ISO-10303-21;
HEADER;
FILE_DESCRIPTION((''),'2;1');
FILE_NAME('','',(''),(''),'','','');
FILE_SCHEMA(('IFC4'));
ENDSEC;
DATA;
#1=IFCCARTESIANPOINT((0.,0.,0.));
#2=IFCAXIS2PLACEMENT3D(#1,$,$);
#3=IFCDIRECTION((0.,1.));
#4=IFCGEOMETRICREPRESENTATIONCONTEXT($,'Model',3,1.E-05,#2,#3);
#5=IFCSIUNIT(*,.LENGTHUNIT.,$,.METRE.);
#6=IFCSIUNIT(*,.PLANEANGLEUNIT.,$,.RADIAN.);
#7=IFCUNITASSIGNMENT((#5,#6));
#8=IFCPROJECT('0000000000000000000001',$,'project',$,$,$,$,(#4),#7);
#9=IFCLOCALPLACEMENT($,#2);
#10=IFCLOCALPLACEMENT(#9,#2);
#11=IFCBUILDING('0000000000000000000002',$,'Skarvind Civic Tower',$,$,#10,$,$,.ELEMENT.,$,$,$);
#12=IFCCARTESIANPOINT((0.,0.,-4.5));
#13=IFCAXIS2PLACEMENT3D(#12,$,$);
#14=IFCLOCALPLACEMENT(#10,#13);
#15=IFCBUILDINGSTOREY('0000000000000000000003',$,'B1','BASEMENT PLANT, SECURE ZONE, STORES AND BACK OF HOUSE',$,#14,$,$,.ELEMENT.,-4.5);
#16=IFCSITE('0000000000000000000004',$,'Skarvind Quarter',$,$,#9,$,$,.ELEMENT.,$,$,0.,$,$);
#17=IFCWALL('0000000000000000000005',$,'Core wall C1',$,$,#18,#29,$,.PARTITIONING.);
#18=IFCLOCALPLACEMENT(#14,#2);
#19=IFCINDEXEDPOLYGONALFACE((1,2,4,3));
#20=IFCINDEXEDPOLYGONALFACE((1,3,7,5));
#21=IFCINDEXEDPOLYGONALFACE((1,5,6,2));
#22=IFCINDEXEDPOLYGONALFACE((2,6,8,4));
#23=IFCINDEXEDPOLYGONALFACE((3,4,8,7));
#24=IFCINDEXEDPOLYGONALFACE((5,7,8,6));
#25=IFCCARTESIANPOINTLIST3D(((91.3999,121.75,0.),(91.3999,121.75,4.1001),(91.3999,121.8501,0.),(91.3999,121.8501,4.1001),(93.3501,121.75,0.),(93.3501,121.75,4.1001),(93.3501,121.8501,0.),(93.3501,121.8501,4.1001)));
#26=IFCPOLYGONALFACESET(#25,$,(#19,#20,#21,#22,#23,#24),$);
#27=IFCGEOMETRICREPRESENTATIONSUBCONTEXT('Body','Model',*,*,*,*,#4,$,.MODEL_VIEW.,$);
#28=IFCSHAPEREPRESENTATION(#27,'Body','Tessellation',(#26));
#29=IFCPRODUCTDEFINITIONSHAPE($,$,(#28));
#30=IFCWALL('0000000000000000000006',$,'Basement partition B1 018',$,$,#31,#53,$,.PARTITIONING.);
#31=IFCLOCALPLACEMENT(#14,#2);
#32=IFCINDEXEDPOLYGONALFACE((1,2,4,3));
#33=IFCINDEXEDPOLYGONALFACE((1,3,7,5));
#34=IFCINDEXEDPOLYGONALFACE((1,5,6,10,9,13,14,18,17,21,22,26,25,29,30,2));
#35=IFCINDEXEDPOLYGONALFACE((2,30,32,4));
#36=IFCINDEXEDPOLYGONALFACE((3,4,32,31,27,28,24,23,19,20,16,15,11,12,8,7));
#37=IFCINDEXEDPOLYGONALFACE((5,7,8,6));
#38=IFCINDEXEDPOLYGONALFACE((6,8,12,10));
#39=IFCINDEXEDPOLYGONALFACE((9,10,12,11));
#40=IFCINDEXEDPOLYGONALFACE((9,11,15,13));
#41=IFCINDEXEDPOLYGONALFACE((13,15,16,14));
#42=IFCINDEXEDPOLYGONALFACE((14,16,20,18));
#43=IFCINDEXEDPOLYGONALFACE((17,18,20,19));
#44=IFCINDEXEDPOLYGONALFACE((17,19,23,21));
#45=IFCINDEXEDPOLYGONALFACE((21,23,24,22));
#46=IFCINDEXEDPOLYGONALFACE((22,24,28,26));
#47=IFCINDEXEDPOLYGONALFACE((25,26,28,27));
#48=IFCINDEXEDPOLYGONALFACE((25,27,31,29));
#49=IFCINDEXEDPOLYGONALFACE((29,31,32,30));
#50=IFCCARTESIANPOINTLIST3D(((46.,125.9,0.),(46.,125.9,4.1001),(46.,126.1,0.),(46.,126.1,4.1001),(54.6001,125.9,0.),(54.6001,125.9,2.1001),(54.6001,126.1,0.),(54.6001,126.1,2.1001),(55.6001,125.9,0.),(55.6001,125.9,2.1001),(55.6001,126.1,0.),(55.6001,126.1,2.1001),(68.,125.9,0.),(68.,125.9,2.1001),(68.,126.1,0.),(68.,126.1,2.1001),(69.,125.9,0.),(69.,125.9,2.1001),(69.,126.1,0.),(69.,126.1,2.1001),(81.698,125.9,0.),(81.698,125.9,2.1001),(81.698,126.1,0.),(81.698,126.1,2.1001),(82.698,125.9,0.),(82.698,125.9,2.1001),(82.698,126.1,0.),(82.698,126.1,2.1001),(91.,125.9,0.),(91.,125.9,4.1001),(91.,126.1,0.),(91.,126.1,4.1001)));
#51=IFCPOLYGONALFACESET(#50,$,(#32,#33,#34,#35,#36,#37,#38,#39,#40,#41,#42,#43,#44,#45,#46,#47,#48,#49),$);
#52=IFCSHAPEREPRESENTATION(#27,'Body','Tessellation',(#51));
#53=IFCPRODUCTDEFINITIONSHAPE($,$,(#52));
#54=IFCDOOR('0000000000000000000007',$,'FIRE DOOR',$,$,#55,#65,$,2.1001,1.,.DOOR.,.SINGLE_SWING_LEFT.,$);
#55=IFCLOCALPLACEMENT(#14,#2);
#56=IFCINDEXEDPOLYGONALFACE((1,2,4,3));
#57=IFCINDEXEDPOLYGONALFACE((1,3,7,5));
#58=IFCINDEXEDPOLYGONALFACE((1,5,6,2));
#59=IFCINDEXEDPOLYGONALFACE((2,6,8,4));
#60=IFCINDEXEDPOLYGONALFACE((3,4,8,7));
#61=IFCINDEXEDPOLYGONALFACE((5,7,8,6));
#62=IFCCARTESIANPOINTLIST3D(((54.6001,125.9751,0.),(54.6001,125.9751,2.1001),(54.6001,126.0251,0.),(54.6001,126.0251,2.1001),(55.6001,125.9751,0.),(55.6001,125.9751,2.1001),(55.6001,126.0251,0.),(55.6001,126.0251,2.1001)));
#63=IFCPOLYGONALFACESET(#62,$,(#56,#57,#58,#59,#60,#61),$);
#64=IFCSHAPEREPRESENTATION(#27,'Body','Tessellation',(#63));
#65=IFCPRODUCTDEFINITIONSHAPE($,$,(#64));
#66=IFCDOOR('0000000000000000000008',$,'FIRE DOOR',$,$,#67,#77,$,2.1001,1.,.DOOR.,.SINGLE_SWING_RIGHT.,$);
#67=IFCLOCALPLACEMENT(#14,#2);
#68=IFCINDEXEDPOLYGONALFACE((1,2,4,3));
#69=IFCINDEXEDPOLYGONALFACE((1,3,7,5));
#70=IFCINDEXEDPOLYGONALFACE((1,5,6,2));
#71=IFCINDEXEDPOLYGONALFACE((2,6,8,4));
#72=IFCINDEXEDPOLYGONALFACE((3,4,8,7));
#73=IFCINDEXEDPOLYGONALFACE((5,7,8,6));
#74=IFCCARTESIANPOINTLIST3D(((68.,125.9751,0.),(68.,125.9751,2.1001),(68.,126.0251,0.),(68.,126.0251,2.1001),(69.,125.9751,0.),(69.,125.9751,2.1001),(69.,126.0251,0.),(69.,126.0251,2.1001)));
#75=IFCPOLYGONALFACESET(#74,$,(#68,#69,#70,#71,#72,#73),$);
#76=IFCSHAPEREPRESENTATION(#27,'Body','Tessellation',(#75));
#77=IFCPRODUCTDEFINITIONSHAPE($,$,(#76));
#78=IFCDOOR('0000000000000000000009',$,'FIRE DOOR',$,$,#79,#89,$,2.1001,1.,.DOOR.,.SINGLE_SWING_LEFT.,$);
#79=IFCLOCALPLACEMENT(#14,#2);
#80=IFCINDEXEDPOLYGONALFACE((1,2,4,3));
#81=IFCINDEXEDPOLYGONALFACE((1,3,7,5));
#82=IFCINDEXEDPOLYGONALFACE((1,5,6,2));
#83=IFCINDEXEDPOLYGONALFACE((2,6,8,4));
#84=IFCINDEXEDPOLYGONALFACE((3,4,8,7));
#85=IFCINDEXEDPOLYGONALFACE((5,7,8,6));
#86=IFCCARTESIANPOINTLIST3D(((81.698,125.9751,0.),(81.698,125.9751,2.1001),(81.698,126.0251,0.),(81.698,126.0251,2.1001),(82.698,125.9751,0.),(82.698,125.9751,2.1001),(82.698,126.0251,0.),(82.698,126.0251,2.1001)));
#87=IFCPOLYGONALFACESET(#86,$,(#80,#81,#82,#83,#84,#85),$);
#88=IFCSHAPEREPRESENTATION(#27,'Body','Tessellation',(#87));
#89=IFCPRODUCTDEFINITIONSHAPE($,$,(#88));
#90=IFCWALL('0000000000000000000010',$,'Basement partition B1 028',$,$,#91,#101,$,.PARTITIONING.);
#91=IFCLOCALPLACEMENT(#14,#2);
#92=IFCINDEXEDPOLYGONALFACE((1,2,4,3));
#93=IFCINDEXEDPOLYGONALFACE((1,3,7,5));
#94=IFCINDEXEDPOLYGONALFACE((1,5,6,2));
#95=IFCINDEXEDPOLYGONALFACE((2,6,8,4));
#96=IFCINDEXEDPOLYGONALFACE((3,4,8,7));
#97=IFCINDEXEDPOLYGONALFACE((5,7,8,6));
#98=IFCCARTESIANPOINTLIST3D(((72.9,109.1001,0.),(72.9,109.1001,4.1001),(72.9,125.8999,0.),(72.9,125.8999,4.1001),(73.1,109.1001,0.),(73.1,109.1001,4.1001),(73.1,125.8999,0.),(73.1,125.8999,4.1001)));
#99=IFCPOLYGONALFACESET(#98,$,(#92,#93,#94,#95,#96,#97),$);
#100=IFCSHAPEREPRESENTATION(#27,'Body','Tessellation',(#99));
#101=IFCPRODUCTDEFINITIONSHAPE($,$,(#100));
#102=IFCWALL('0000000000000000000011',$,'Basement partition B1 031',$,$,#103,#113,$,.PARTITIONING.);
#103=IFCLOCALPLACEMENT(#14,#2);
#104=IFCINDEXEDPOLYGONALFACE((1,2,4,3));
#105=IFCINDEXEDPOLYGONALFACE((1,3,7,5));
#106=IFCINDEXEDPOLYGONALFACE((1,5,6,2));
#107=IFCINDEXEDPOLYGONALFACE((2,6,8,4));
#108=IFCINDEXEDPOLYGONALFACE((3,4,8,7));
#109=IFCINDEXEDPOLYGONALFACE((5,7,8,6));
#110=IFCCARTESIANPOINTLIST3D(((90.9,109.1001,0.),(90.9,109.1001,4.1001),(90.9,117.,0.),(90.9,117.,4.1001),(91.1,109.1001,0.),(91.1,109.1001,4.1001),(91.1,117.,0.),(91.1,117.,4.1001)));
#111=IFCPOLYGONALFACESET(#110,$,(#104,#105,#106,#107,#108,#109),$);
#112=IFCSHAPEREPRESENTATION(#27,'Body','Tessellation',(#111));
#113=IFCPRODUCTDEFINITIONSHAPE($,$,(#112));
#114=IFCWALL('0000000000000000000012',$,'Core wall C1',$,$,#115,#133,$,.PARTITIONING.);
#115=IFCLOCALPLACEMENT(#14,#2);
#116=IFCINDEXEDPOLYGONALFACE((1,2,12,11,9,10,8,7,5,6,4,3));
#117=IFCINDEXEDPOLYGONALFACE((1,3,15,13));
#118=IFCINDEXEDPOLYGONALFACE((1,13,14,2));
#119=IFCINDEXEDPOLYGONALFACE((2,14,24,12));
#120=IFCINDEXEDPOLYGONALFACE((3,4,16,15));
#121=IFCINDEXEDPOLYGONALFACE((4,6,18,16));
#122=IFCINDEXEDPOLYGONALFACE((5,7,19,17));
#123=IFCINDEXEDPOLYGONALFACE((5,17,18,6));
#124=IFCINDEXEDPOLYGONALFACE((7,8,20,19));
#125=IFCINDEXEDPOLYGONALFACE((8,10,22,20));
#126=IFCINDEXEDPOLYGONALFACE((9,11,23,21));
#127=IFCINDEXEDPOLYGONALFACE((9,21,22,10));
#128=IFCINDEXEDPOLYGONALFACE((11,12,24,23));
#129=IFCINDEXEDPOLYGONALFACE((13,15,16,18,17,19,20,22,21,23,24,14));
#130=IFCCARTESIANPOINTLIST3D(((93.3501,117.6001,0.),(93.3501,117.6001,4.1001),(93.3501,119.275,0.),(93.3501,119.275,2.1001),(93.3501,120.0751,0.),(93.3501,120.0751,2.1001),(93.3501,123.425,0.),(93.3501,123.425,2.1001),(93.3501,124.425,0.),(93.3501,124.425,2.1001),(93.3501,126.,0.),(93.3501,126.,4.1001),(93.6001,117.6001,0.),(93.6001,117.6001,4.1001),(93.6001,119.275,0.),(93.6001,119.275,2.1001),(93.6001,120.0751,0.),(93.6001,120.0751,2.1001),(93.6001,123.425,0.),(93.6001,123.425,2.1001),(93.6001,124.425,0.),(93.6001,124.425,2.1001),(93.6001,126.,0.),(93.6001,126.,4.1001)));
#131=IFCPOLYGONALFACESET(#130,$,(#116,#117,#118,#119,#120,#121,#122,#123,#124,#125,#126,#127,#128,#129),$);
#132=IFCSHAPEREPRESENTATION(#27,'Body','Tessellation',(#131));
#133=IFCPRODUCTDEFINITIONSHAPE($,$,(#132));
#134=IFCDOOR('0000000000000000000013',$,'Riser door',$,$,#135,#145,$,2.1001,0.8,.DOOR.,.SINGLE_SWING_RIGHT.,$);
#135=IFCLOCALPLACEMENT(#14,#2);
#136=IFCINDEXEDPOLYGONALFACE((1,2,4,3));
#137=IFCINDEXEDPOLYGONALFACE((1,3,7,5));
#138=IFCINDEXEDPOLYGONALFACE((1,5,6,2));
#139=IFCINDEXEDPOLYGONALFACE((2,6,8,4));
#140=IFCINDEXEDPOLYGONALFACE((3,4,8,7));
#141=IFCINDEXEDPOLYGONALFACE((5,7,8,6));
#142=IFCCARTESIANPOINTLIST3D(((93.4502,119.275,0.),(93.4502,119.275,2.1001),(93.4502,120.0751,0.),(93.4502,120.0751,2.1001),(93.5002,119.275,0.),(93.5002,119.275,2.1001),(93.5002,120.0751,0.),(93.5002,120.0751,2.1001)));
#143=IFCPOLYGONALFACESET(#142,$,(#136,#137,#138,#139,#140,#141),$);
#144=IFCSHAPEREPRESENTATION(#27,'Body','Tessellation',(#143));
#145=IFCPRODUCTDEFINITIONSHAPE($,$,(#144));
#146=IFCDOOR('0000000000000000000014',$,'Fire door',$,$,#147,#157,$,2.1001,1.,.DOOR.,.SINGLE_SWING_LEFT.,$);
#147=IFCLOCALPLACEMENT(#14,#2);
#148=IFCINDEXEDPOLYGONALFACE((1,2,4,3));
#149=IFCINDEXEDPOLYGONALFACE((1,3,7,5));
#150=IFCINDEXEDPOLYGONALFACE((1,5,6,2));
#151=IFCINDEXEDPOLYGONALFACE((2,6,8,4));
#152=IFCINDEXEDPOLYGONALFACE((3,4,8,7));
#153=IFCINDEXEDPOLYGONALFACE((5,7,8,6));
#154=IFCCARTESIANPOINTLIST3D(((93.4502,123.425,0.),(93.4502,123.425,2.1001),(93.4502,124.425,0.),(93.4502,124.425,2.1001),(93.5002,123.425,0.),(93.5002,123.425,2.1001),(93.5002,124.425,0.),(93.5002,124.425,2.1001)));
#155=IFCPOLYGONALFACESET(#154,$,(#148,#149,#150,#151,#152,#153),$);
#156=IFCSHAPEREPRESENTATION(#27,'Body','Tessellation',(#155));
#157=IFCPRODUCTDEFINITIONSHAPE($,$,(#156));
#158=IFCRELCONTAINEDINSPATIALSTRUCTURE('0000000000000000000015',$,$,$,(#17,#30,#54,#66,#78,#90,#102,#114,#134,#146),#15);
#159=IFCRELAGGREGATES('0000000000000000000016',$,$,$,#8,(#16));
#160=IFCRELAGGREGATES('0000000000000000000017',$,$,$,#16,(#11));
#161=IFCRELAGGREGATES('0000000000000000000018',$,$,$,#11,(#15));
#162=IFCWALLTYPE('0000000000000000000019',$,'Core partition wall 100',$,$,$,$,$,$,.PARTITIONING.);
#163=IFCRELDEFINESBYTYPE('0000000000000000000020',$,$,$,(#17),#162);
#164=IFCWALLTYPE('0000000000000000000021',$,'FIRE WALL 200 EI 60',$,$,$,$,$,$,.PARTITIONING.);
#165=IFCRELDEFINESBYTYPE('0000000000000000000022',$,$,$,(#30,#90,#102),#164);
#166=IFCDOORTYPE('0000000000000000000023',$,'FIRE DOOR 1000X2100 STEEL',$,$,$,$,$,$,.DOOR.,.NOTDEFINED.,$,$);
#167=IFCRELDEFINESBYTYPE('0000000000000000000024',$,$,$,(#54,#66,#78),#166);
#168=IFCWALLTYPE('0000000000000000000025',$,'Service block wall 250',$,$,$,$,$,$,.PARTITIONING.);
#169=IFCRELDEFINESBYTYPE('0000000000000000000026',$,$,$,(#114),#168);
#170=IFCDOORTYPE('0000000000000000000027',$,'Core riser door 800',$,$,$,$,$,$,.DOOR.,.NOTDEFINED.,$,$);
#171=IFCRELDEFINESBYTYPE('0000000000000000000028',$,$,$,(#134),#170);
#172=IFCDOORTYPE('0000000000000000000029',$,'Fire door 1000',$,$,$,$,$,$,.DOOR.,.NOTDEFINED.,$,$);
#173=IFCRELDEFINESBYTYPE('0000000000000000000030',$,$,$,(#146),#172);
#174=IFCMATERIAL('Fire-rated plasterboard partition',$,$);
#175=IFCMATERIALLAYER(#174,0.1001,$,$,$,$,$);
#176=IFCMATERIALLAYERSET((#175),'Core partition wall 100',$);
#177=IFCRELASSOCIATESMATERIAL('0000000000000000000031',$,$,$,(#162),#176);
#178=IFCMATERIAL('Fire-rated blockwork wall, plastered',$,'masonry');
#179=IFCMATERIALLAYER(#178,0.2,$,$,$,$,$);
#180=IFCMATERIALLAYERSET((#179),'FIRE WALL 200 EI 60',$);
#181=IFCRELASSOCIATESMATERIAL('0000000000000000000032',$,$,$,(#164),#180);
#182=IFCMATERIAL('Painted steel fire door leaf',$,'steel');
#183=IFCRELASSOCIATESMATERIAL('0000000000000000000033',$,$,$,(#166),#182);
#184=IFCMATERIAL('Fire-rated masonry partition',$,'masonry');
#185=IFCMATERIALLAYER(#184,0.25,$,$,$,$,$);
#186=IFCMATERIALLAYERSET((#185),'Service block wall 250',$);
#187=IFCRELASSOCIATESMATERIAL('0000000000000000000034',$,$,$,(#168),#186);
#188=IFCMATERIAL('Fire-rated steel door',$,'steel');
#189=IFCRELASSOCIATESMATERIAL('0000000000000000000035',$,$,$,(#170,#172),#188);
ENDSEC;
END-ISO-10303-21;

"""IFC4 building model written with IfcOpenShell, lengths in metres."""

from ifc_helpers import new_model, si_unit, direction, frame, frame_2d, origin, place, context, subcontext, project, spatial, rectangle, extrude, material, layer, layer_set, type_object, element, fill, save


model = new_model("IFC4")

# Units and contexts
model_context = context("Model", 3, precision=1e-05, world=origin(), true_north=direction((0.0, 1.0)))
body_context = subcontext(model_context, "Body", "Model", "MODEL_VIEW")
ifc_project = project(units=[si_unit("LENGTHUNIT", "METRE"), si_unit("PLANEANGLEUNIT", "RADIAN")], contexts=[model_context])

# Site, building, storey
site_placement = place(None, origin())
site = spatial("IfcSite", under=ifc_project, at=site_placement, Name="Skarvind Quarter", CompositionType="ELEMENT", RefElevation=0.0)
building_placement = place(site_placement, origin())
building = spatial("IfcBuilding", under=site, at=building_placement, Name="Skarvind Civic Tower", CompositionType="ELEMENT")
storey_placement = place(building_placement, frame((0.0, 0.0, -4.5)))
storey = spatial("IfcBuildingStorey", under=building, at=storey_placement, Name="B1", Description="BASEMENT PLANT, SECURE ZONE, STORES AND BACK OF HOUSE", CompositionType="ELEMENT", Elevation=-4.5)

# Shared definitions
ifc_material_1 = material(Name="Fire-rated masonry partition", Category="masonry")
ifc_material_2 = material(Name="Fire-rated steel door", Category="steel")

# Wall
ifc_material_3 = material(Name="Fire-rated plasterboard partition")
ifc_layer_1 = layer(ifc_material_3, 0.1001)
ifc_layer_set_1 = layer_set([ifc_layer_1], Name="Core partition wall 100")
wall_type_1 = type_object("IfcWallType", Name="Core partition wall 100", PredefinedType="PARTITIONING", material=ifc_layer_set_1)
wall_1_placement = place(storey_placement, frame((93.3501, 121.8, 0.0), z_axis=(0.0, 0.0, 1.0), x_axis=(-1.0, 0.0, 0.0)))
element("IfcWall", 1, at=wall_1_placement, inside=storey, type_object=wall_type_1, Name="Core wall C1", PredefinedType="PARTITIONING", context=body_context, shape_type="SweptSolid", body=[
    extrude(rectangle(XDim=1.9502, YDim=0.1001, at=frame_2d((0.9751, 0.0))), origin(), (0.0, 0.0, 1.0), 4.1001),
])

# Wall, openings, doors
ifc_material_4 = material(Name="Fire-rated blockwork wall, plastered", Category="masonry")
ifc_layer_2 = layer(ifc_material_4, 0.2)
ifc_layer_set_2 = layer_set([ifc_layer_2], Name="FIRE WALL 200 EI 60")
wall_type_2 = type_object("IfcWallType", Name="FIRE WALL 200 EI 60", PredefinedType="PARTITIONING", material=ifc_layer_set_2)
wall_2_placement = place(storey_placement, frame((91.0, 126.0, 0.0), z_axis=(0.0, 0.0, 1.0), x_axis=(-1.0, 0.0, 0.0)))
wall_2 = element("IfcWall", 2, at=wall_2_placement, inside=storey, type_object=wall_type_2, Name="Basement partition B1 018", PredefinedType="PARTITIONING", context=body_context, shape_type="SweptSolid", body=[
    extrude(rectangle(XDim=45.0, YDim=0.2, at=frame_2d((22.5, 0.0))), origin(), (0.0, 0.0, 1.0), 4.1001),
])
opening_1_placement = place(wall_2_placement, frame((35.3999, 0.0, 0.0)))
opening_1 = element("IfcOpeningElement", 3, at=opening_1_placement, cuts=wall_2, PredefinedType="OPENING", context=body_context, shape_type="SweptSolid", body=[
    extrude(rectangle(XDim=1.0, YDim=2.1001, at=frame_2d((0.5, 1.05))), frame((0.0, 0.1099, 0.0), z_axis=(0.0, -1.0, 0.0), x_axis=(1.0, 0.0, 0.0)), (0.0, 0.0, 1.0), 0.22),
])
opening_2_placement = place(wall_2_placement, frame((22.0, 0.0, 0.0)))
opening_2 = element("IfcOpeningElement", 4, at=opening_2_placement, cuts=wall_2, PredefinedType="OPENING", context=body_context, shape_type="SweptSolid", body=[
    extrude(rectangle(XDim=1.0, YDim=2.1001, at=frame_2d((0.5, 1.05))), frame((0.0, 0.1099, 0.0), z_axis=(0.0, -1.0, 0.0), x_axis=(1.0, 0.0, 0.0)), (0.0, 0.0, 1.0), 0.22),
])
opening_3_placement = place(wall_2_placement, frame((8.302, 0.0, 0.0)))
opening_3 = element("IfcOpeningElement", 5, at=opening_3_placement, cuts=wall_2, PredefinedType="OPENING", context=body_context, shape_type="SweptSolid", body=[
    extrude(rectangle(XDim=1.0, YDim=2.1001, at=frame_2d((0.5, 1.05))), frame((0.0, 0.1099, 0.0), z_axis=(0.0, -1.0, 0.0), x_axis=(1.0, 0.0, 0.0)), (0.0, 0.0, 1.0), 0.22),
])
ifc_material_5 = material(Name="Painted steel fire door leaf", Category="steel")
door_type_1 = type_object("IfcDoorType", Name="FIRE DOOR 1000X2100 STEEL", OperationType="NOTDEFINED", PredefinedType="DOOR", material=ifc_material_5)
door_1_placement = place(opening_1_placement, origin())
door_1 = element("IfcDoor", 6, at=door_1_placement, inside=storey, type_object=door_type_1, Name="FIRE DOOR", OperationType="SINGLE_SWING_LEFT", OverallHeight=2.1001, OverallWidth=1.0, PredefinedType="DOOR", context=body_context, shape_type="SweptSolid", body=[
    extrude(rectangle(XDim=1.0, YDim=2.1001, at=frame_2d((0.5, 1.05))), frame((0.0, 0.0249, 0.0), z_axis=(0.0, -1.0, 0.0), x_axis=(1.0, 0.0, 0.0)), (0.0, 0.0, 1.0), 0.05),
])
fill(opening_1, door_1)
door_2_placement = place(opening_2_placement, origin())
door_2 = element("IfcDoor", 7, at=door_2_placement, inside=storey, type_object=door_type_1, Name="FIRE DOOR", OperationType="SINGLE_SWING_RIGHT", OverallHeight=2.1001, OverallWidth=1.0, PredefinedType="DOOR", context=body_context, shape_type="SweptSolid", body=[
    extrude(rectangle(XDim=1.0, YDim=2.1001, at=frame_2d((0.5, 1.05))), frame((0.0, 0.0249, 0.0), z_axis=(0.0, -1.0, 0.0), x_axis=(1.0, 0.0, 0.0)), (0.0, 0.0, 1.0), 0.05),
])
fill(opening_2, door_2)
door_3_placement = place(opening_3_placement, origin())
door_3 = element("IfcDoor", 8, at=door_3_placement, inside=storey, type_object=door_type_1, Name="FIRE DOOR", OperationType="SINGLE_SWING_LEFT", OverallHeight=2.1001, OverallWidth=1.0, PredefinedType="DOOR", context=body_context, shape_type="SweptSolid", body=[
    extrude(rectangle(XDim=1.0, YDim=2.1001, at=frame_2d((0.5, 1.05))), frame((0.0, 0.0249, 0.0), z_axis=(0.0, -1.0, 0.0), x_axis=(1.0, 0.0, 0.0)), (0.0, 0.0, 1.0), 0.05),
])
fill(opening_3, door_3)

# Walls
wall_3_placement = place(storey_placement, frame((73.0, 109.1001, 0.0), z_axis=(0.0, 0.0, 1.0), x_axis=(0.0, 1.0, 0.0)))
element("IfcWall", 9, at=wall_3_placement, inside=storey, type_object=wall_type_2, Name="Basement partition B1 028", PredefinedType="PARTITIONING", context=body_context, shape_type="SweptSolid", body=[
    extrude(rectangle(XDim=16.7998, YDim=0.2, at=frame_2d((8.3999, 0.0))), origin(), (0.0, 0.0, 1.0), 4.1001),
])
wall_4_placement = place(storey_placement, frame((91.0, 109.1001, 0.0), z_axis=(0.0, 0.0, 1.0), x_axis=(0.0, 1.0, 0.0)))
element("IfcWall", 10, at=wall_4_placement, inside=storey, type_object=wall_type_2, Name="Basement partition B1 031", PredefinedType="PARTITIONING", context=body_context, shape_type="SweptSolid", body=[
    extrude(rectangle(XDim=7.8999, YDim=0.2, at=frame_2d((3.95, 0.0))), origin(), (0.0, 0.0, 1.0), 4.1001),
])

# Wall, openings, doors
ifc_layer_3 = layer(ifc_material_1, 0.25)
ifc_layer_set_3 = layer_set([ifc_layer_3], Name="Service block wall 250")
wall_type_3 = type_object("IfcWallType", Name="Service block wall 250", PredefinedType="PARTITIONING", material=ifc_layer_set_3)
wall_5_placement = place(storey_placement, frame((93.4751, 117.6001, 0.0), z_axis=(0.0, 0.0, 1.0), x_axis=(0.0, 1.0, 0.0)))
wall_5 = element("IfcWall", 11, at=wall_5_placement, inside=storey, type_object=wall_type_3, Name="Core wall C1", PredefinedType="PARTITIONING", context=body_context, shape_type="SweptSolid", body=[
    extrude(rectangle(XDim=8.3999, YDim=0.25, at=frame_2d((4.2, 0.0))), origin(), (0.0, 0.0, 1.0), 4.1001),
])
opening_4_placement = place(wall_5_placement, frame((5.825, 0.0, 0.0)))
opening_4 = element("IfcOpeningElement", 12, at=opening_4_placement, cuts=wall_5, PredefinedType="OPENING", context=body_context, shape_type="SweptSolid", body=[
    extrude(rectangle(XDim=1.0, YDim=2.1001, at=frame_2d((0.5, 1.05))), frame((0.0, 0.135, 0.0), z_axis=(0.0, -1.0, 0.0), x_axis=(1.0, 0.0, 0.0)), (0.0, 0.0, 1.0), 0.27),
])
opening_5_placement = place(wall_5_placement, frame((1.675, 0.0, 0.0)))
opening_5 = element("IfcOpeningElement", 13, at=opening_5_placement, cuts=wall_5, PredefinedType="OPENING", context=body_context, shape_type="SweptSolid", body=[
    extrude(rectangle(XDim=0.8, YDim=2.1001, at=frame_2d((0.3999, 1.05))), frame((0.0, 0.135, 0.0), z_axis=(0.0, -1.0, 0.0), x_axis=(1.0, 0.0, 0.0)), (0.0, 0.0, 1.0), 0.27),
])
door_type_2 = type_object("IfcDoorType", Name="Core riser door 800", OperationType="NOTDEFINED", PredefinedType="DOOR", material=ifc_material_2)
door_4_placement = place(opening_5_placement, origin())
door_4 = element("IfcDoor", 14, at=door_4_placement, inside=storey, type_object=door_type_2, Name="Riser door", OperationType="SINGLE_SWING_RIGHT", OverallHeight=2.1001, OverallWidth=0.8, PredefinedType="DOOR", context=body_context, shape_type="SweptSolid", body=[
    extrude(rectangle(XDim=0.8, YDim=2.1001, at=frame_2d((0.3999, 1.05))), frame((0.0, 0.0249, 0.0), z_axis=(0.0, -1.0, 0.0), x_axis=(1.0, 0.0, 0.0)), (0.0, 0.0, 1.0), 0.05),
])
fill(opening_5, door_4)
door_type_3 = type_object("IfcDoorType", Name="Fire door 1000", OperationType="NOTDEFINED", PredefinedType="DOOR", material=ifc_material_2)
door_5_placement = place(opening_4_placement, origin())
door_5 = element("IfcDoor", 15, at=door_5_placement, inside=storey, type_object=door_type_3, Name="Fire door", OperationType="SINGLE_SWING_LEFT", OverallHeight=2.1001, OverallWidth=1.0, PredefinedType="DOOR", context=body_context, shape_type="SweptSolid", body=[
    extrude(rectangle(XDim=1.0, YDim=2.1001, at=frame_2d((0.5, 1.05))), frame((0.0, 0.0249, 0.0), z_axis=(0.0, -1.0, 0.0), x_axis=(1.0, 0.0, 0.0)), (0.0, 0.0, 1.0), 0.05),
])
fill(opening_4, door_5)

save(model, "model.ifc")
